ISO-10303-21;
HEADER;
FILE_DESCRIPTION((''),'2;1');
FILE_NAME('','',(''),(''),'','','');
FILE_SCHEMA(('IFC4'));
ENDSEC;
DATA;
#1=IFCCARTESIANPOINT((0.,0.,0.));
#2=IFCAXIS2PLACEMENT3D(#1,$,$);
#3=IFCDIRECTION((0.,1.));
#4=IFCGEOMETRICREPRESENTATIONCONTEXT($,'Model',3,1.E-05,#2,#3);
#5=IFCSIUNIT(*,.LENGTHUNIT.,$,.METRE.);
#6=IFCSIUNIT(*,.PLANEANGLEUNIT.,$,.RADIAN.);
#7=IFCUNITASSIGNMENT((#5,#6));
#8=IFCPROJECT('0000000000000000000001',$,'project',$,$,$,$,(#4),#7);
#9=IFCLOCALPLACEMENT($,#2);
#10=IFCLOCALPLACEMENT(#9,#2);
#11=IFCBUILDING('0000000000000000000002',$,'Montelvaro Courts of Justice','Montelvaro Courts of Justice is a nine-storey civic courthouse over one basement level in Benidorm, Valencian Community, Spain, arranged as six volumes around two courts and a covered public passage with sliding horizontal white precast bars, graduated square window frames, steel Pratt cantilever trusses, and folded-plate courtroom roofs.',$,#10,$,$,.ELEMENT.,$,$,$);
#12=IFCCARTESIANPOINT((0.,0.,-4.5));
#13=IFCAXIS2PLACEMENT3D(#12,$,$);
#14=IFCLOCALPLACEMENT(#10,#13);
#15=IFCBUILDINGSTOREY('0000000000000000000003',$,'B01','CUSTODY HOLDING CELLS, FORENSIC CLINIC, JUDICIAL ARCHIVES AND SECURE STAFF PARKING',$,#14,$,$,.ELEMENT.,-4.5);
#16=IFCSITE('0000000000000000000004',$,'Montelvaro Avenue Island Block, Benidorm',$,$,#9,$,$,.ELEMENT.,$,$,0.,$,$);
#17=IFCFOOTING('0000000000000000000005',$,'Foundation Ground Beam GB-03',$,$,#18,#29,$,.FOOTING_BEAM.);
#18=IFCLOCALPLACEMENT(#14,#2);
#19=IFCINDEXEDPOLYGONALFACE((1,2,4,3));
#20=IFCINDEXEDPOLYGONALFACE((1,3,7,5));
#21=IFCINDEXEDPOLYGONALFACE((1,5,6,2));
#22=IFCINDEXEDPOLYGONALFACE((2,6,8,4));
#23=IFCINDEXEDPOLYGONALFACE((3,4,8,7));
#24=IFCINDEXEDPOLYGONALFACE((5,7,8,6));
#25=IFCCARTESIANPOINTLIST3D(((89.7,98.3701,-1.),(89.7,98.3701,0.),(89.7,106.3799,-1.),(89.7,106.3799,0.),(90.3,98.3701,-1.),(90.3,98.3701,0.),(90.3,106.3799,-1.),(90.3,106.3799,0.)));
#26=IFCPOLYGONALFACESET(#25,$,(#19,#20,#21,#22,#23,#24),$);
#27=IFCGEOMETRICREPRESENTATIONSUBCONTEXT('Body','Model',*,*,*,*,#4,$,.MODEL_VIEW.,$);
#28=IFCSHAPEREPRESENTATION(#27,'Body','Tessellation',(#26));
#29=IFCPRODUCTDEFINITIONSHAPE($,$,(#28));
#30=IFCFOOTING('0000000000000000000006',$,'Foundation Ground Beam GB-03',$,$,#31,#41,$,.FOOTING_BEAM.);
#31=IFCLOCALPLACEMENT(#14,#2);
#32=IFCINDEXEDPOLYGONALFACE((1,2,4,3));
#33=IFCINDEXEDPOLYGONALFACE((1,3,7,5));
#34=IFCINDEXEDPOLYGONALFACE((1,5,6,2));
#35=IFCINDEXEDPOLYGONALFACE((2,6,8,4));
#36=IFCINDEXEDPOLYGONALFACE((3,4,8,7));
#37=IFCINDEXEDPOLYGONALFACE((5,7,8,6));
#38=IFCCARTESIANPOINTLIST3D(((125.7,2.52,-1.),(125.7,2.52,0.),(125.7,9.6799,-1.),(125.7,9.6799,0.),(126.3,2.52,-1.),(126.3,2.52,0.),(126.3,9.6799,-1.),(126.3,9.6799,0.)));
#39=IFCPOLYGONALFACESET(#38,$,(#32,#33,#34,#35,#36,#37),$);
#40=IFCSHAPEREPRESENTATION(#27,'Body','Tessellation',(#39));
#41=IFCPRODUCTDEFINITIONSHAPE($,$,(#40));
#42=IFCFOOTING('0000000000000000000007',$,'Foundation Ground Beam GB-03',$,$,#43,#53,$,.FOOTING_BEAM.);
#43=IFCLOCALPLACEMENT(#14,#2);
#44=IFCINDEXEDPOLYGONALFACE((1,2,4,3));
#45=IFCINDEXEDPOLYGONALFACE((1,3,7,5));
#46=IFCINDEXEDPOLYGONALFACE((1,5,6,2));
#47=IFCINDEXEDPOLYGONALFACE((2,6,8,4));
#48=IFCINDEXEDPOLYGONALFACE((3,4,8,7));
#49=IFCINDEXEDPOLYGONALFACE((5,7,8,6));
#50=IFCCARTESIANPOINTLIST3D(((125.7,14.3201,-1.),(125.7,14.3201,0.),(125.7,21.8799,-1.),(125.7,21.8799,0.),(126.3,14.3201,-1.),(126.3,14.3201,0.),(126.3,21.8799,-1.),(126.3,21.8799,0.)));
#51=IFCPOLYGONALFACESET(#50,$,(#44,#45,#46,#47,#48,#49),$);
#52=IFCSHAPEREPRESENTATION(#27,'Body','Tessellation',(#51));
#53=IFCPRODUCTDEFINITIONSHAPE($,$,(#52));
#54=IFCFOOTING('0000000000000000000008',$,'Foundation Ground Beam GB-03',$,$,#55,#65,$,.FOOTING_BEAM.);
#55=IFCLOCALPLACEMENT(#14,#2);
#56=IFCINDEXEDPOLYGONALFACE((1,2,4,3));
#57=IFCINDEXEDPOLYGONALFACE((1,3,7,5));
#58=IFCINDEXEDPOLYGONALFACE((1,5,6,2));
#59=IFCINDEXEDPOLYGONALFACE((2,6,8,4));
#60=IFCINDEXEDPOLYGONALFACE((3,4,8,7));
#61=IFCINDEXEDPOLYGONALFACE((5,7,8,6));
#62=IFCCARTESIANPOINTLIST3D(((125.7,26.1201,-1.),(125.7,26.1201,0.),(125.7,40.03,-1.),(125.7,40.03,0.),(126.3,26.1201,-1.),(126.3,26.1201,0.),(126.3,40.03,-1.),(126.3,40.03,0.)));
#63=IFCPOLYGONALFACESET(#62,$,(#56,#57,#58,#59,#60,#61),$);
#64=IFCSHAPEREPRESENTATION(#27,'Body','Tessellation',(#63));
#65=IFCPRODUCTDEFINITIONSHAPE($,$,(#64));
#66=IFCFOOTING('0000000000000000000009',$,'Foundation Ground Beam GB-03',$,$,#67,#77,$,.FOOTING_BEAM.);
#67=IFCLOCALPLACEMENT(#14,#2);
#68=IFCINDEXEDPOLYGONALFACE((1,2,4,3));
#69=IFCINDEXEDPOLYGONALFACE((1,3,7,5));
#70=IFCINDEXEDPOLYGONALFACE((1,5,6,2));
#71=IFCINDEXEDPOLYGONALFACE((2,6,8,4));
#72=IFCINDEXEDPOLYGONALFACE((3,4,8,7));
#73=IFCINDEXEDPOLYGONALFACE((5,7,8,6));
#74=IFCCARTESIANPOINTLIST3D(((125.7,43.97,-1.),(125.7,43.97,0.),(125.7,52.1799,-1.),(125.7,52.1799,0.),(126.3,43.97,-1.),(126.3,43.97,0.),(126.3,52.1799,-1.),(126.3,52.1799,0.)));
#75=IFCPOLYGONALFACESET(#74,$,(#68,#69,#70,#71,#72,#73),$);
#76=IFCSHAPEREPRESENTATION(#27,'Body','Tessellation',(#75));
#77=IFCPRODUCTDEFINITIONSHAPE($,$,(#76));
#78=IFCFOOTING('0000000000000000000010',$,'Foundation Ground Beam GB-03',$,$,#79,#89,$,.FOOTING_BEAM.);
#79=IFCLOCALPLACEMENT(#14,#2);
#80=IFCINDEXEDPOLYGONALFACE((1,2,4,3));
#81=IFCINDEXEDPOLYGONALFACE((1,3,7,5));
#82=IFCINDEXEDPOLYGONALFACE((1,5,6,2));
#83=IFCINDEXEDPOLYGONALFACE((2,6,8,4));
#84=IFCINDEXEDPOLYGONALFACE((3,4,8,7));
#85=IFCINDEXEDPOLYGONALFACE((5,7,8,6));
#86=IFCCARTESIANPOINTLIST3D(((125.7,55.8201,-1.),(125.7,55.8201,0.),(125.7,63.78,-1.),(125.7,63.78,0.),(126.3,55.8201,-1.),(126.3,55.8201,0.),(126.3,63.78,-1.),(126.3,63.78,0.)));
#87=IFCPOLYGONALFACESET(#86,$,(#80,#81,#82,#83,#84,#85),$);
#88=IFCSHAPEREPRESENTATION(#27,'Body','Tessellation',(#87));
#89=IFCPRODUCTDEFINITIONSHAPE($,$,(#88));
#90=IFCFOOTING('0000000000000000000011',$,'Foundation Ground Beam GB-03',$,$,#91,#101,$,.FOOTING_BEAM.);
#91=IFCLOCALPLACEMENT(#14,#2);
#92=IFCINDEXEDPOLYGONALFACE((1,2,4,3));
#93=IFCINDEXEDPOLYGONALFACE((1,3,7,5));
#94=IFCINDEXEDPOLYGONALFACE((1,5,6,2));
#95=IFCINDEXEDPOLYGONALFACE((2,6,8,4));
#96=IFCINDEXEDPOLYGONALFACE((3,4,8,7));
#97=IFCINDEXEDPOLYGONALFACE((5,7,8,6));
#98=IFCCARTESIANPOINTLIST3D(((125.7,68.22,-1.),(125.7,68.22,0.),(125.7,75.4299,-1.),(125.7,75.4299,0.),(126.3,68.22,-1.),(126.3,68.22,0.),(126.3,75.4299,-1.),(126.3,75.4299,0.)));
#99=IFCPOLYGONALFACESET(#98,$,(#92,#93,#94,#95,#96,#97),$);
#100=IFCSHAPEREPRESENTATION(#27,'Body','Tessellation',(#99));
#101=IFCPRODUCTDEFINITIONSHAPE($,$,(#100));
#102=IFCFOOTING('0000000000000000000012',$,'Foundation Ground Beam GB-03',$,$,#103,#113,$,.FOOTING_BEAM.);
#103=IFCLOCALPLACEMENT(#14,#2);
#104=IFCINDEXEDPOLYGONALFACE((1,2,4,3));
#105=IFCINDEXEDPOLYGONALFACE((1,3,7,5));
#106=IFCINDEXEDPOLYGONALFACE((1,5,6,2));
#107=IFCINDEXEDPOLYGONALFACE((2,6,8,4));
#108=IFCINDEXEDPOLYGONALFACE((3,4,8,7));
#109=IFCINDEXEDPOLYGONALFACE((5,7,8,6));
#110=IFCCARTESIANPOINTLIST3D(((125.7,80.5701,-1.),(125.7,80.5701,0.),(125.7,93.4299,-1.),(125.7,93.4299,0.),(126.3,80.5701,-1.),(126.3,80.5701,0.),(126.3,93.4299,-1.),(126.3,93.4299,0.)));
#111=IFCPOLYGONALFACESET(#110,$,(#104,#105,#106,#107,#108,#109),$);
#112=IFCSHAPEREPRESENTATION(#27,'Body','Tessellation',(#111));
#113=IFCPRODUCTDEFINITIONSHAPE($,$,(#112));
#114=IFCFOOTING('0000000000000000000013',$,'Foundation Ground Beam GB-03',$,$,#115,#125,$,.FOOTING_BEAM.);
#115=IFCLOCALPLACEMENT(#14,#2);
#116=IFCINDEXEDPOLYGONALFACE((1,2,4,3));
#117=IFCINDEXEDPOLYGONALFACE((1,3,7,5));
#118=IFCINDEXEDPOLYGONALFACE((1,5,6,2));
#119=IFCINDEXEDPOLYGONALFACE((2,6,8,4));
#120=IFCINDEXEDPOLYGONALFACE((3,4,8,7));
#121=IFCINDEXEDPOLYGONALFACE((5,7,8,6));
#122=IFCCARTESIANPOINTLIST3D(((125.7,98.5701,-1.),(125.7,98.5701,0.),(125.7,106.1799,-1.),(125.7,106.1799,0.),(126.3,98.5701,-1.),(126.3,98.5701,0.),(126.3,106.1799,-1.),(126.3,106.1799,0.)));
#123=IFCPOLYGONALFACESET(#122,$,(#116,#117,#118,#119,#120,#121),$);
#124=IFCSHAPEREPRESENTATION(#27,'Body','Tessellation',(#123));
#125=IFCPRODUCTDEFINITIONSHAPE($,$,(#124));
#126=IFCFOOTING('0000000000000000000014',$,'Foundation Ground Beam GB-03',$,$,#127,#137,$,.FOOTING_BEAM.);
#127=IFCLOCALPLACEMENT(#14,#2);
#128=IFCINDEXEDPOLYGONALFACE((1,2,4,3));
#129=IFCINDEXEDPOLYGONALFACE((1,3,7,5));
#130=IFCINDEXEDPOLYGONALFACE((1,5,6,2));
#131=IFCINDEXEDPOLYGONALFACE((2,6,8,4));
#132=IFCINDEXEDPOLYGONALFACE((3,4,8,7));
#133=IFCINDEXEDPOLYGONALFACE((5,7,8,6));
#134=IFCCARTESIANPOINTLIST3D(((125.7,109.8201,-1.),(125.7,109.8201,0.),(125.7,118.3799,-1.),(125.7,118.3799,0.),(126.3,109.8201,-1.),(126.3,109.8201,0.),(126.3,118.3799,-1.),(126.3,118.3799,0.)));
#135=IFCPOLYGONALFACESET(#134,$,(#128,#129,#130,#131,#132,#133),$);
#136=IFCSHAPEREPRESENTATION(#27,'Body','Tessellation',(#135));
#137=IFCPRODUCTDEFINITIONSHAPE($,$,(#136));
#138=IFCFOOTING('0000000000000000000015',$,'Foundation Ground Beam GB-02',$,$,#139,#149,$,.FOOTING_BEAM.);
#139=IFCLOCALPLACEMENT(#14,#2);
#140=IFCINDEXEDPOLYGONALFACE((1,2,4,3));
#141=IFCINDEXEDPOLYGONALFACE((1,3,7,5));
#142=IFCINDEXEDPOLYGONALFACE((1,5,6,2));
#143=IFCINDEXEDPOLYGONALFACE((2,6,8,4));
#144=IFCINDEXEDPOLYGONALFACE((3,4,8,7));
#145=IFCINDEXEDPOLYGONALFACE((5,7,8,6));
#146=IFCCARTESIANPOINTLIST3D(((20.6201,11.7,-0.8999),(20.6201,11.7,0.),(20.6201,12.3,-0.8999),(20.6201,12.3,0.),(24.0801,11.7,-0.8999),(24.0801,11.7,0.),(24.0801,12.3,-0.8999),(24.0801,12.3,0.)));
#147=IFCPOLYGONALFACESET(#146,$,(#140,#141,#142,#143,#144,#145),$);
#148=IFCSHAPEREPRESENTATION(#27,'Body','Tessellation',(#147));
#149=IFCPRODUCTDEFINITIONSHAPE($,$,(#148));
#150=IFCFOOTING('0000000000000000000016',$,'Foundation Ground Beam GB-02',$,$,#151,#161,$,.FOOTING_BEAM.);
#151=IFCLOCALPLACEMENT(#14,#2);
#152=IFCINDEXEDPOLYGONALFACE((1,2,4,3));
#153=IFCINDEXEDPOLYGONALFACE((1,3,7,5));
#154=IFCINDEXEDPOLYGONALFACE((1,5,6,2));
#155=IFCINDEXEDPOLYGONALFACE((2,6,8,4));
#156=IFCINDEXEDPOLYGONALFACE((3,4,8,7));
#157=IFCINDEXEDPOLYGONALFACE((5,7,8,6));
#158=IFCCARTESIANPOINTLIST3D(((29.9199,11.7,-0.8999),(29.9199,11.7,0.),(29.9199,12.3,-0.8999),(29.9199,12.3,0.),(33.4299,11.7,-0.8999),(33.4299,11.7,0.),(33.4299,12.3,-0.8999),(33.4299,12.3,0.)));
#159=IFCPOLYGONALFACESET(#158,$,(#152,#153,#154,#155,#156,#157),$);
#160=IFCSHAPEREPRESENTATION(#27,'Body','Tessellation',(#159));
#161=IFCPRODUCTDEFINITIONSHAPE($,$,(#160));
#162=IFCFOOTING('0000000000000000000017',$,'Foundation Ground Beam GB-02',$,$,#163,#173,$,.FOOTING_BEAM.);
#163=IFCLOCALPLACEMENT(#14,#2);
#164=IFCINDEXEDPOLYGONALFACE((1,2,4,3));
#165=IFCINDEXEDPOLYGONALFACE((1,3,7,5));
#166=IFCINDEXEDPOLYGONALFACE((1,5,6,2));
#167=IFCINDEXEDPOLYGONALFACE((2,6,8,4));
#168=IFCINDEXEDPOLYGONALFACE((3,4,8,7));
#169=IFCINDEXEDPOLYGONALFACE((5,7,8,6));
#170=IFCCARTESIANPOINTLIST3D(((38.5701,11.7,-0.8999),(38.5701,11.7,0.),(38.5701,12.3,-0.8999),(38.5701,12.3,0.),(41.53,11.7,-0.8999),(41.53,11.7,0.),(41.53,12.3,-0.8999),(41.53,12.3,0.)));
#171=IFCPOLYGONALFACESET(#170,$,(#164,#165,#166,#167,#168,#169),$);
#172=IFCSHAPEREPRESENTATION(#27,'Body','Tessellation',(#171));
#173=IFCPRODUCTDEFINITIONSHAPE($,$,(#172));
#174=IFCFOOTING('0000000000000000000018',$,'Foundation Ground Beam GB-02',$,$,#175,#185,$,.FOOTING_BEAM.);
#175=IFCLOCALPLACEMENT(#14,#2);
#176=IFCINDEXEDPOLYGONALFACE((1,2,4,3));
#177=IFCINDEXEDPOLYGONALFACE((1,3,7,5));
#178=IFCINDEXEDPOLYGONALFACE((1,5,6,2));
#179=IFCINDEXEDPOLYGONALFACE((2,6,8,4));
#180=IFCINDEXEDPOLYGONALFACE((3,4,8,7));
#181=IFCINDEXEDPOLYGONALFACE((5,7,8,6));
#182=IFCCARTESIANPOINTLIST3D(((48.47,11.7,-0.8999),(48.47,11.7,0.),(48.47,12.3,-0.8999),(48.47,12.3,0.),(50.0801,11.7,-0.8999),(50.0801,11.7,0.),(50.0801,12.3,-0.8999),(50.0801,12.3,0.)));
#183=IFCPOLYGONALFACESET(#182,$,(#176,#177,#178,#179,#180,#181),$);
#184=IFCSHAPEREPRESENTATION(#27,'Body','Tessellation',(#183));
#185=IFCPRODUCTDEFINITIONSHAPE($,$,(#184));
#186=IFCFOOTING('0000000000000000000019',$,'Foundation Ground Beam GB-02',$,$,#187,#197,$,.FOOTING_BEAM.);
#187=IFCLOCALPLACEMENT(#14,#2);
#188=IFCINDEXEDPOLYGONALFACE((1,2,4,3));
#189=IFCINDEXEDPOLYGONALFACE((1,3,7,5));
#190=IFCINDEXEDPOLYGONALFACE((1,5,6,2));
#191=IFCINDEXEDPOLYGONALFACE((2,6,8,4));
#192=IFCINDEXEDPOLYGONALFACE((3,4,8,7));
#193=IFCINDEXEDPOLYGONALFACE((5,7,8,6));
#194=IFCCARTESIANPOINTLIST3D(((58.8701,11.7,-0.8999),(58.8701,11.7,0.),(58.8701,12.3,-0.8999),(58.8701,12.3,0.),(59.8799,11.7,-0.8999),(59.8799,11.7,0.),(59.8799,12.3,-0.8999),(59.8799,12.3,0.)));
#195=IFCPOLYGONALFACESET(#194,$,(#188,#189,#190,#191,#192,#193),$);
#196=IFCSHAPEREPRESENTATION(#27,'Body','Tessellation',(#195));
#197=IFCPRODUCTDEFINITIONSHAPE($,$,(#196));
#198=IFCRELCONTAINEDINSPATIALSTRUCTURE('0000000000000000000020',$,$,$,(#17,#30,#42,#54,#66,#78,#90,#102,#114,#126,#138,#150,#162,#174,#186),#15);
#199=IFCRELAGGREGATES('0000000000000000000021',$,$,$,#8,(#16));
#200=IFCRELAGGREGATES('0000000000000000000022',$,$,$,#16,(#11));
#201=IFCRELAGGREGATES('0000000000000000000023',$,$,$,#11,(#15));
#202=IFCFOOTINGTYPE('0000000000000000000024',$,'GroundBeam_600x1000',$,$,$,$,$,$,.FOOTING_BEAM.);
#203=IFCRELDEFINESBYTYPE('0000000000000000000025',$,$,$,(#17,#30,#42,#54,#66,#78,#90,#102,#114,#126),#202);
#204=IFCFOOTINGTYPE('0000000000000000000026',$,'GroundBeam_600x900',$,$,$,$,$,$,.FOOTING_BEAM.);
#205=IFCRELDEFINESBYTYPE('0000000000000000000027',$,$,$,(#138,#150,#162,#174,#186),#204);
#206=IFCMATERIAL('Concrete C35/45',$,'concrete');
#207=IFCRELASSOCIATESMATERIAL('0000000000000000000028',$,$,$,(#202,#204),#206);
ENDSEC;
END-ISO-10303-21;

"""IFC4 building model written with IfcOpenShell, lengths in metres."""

from ifc_helpers import new_model, si_unit, direction, frame, origin, place, context, subcontext, project, spatial, polyline, outline, extrude, material, type_object, element, save


model = new_model("IFC4")

# Units and contexts
model_context = context("Model", 3, precision=1e-05, world=origin(), true_north=direction((0.0, 1.0)))
body_context = subcontext(model_context, "Body", "Model", "MODEL_VIEW")
ifc_project = project(units=[si_unit("LENGTHUNIT", "METRE"), si_unit("PLANEANGLEUNIT", "RADIAN")], contexts=[model_context])

# Site, building, storey
site_placement = place(None, origin())
site = spatial("IfcSite", under=ifc_project, at=site_placement, Name="Montelvaro Avenue Island Block, Benidorm", CompositionType="ELEMENT", RefElevation=0.0)
building_placement = place(site_placement, origin())
building = spatial("IfcBuilding", under=site, at=building_placement, Name="Montelvaro Courts of Justice", Description="Montelvaro Courts of Justice is a nine-storey civic courthouse over one basement level in Benidorm, Valencian Community, Spain, arranged as six volumes around two courts and a covered public passage with sliding horizontal white precast bars, graduated square window frames, steel Pratt cantilever trusses, and folded-plate courtroom roofs.", CompositionType="ELEMENT")
storey_placement = place(building_placement, frame((0.0, 0.0, -4.5)))
storey = spatial("IfcBuildingStorey", under=building, at=storey_placement, Name="B01", Description="CUSTODY HOLDING CELLS, FORENSIC CLINIC, JUDICIAL ARCHIVES AND SECURE STAFF PARKING", CompositionType="ELEMENT", Elevation=-4.5)

# Footings
ifc_material = material(Name="Concrete C35/45", Category="concrete")
footing_type_1 = type_object("IfcFootingType", Name="GroundBeam_600x1000", PredefinedType="FOOTING_BEAM", material=ifc_material)
footing_1_placement = place(storey_placement, frame((0.0, 0.0, -1.0)))
element("IfcFooting", 1, at=footing_1_placement, inside=storey, type_object=footing_type_1, Name="Foundation Ground Beam GB-03", PredefinedType="FOOTING_BEAM", context=body_context, shape_type="SweptSolid", body=[
    extrude(outline(polyline([(89.7, 98.3701), (90.3, 98.3701), (90.3, 106.3799), (89.7, 106.3799), (89.7, 98.3701)])), origin(), (0.0, 0.0, 1.0), 1.0),
])
footing_2_placement = place(storey_placement, frame((0.0, 0.0, -1.0)))
element("IfcFooting", 2, at=footing_2_placement, inside=storey, type_object=footing_type_1, Name="Foundation Ground Beam GB-03", PredefinedType="FOOTING_BEAM", context=body_context, shape_type="SweptSolid", body=[
    extrude(outline(polyline([(125.7, 2.52), (126.3, 2.52), (126.3, 9.6799), (125.7, 9.6799), (125.7, 2.52)])), origin(), (0.0, 0.0, 1.0), 1.0),
])
footing_3_placement = place(storey_placement, frame((0.0, 0.0, -1.0)))
element("IfcFooting", 3, at=footing_3_placement, inside=storey, type_object=footing_type_1, Name="Foundation Ground Beam GB-03", PredefinedType="FOOTING_BEAM", context=body_context, shape_type="SweptSolid", body=[
    extrude(outline(polyline([(125.7, 14.3201), (126.3, 14.3201), (126.3, 21.8799), (125.7, 21.8799), (125.7, 14.3201)])), origin(), (0.0, 0.0, 1.0), 1.0),
])
footing_4_placement = place(storey_placement, frame((0.0, 0.0, -1.0)))
element("IfcFooting", 4, at=footing_4_placement, inside=storey, type_object=footing_type_1, Name="Foundation Ground Beam GB-03", PredefinedType="FOOTING_BEAM", context=body_context, shape_type="SweptSolid", body=[
    extrude(outline(polyline([(125.7, 26.1201), (126.3, 26.1201), (126.3, 40.03), (125.7, 40.03), (125.7, 26.1201)])), origin(), (0.0, 0.0, 1.0), 1.0),
])
footing_5_placement = place(storey_placement, frame((0.0, 0.0, -1.0)))
element("IfcFooting", 5, at=footing_5_placement, inside=storey, type_object=footing_type_1, Name="Foundation Ground Beam GB-03", PredefinedType="FOOTING_BEAM", context=body_context, shape_type="SweptSolid", body=[
    extrude(outline(polyline([(125.7, 43.97), (126.3, 43.97), (126.3, 52.1799), (125.7, 52.1799), (125.7, 43.97)])), origin(), (0.0, 0.0, 1.0), 1.0),
])
footing_6_placement = place(storey_placement, frame((0.0, 0.0, -1.0)))
element("IfcFooting", 6, at=footing_6_placement, inside=storey, type_object=footing_type_1, Name="Foundation Ground Beam GB-03", PredefinedType="FOOTING_BEAM", context=body_context, shape_type="SweptSolid", body=[
    extrude(outline(polyline([(125.7, 55.8201), (126.3, 55.8201), (126.3, 63.78), (125.7, 63.78), (125.7, 55.8201)])), origin(), (0.0, 0.0, 1.0), 1.0),
])
footing_7_placement = place(storey_placement, frame((0.0, 0.0, -1.0)))
element("IfcFooting", 7, at=footing_7_placement, inside=storey, type_object=footing_type_1, Name="Foundation Ground Beam GB-03", PredefinedType="FOOTING_BEAM", context=body_context, shape_type="SweptSolid", body=[
    extrude(outline(polyline([(125.7, 68.22), (126.3, 68.22), (126.3, 75.4299), (125.7, 75.4299), (125.7, 68.22)])), origin(), (0.0, 0.0, 1.0), 1.0),
])
footing_8_placement = place(storey_placement, frame((0.0, 0.0, -1.0)))
element("IfcFooting", 8, at=footing_8_placement, inside=storey, type_object=footing_type_1, Name="Foundation Ground Beam GB-03", PredefinedType="FOOTING_BEAM", context=body_context, shape_type="SweptSolid", body=[
    extrude(outline(polyline([(125.7, 80.5701), (126.3, 80.5701), (126.3, 93.4299), (125.7, 93.4299), (125.7, 80.5701)])), origin(), (0.0, 0.0, 1.0), 1.0),
])
footing_9_placement = place(storey_placement, frame((0.0, 0.0, -1.0)))
element("IfcFooting", 9, at=footing_9_placement, inside=storey, type_object=footing_type_1, Name="Foundation Ground Beam GB-03", PredefinedType="FOOTING_BEAM", context=body_context, shape_type="SweptSolid", body=[
    extrude(outline(polyline([(125.7, 98.5701), (126.3, 98.5701), (126.3, 106.1799), (125.7, 106.1799), (125.7, 98.5701)])), origin(), (0.0, 0.0, 1.0), 1.0),
])
footing_10_placement = place(storey_placement, frame((0.0, 0.0, -1.0)))
element("IfcFooting", 10, at=footing_10_placement, inside=storey, type_object=footing_type_1, Name="Foundation Ground Beam GB-03", PredefinedType="FOOTING_BEAM", context=body_context, shape_type="SweptSolid", body=[
    extrude(outline(polyline([(125.7, 109.8201), (126.3, 109.8201), (126.3, 118.3799), (125.7, 118.3799), (125.7, 109.8201)])), origin(), (0.0, 0.0, 1.0), 1.0),
])
footing_type_2 = type_object("IfcFootingType", Name="GroundBeam_600x900", PredefinedType="FOOTING_BEAM", material=ifc_material)
footing_11_placement = place(storey_placement, frame((0.0, 0.0, -0.8999)))
element("IfcFooting", 11, at=footing_11_placement, inside=storey, type_object=footing_type_2, Name="Foundation Ground Beam GB-02", PredefinedType="FOOTING_BEAM", context=body_context, shape_type="SweptSolid", body=[
    extrude(outline(polyline([(20.6201, 11.7), (24.0801, 11.7), (24.0801, 12.3), (20.6201, 12.3), (20.6201, 11.7)])), origin(), (0.0, 0.0, 1.0), 0.8999),
])
footing_12_placement = place(storey_placement, frame((0.0, 0.0, -0.8999)))
element("IfcFooting", 12, at=footing_12_placement, inside=storey, type_object=footing_type_2, Name="Foundation Ground Beam GB-02", PredefinedType="FOOTING_BEAM", context=body_context, shape_type="SweptSolid", body=[
    extrude(outline(polyline([(29.9199, 11.7), (33.4299, 11.7), (33.4299, 12.3), (29.9199, 12.3), (29.9199, 11.7)])), origin(), (0.0, 0.0, 1.0), 0.8999),
])
footing_13_placement = place(storey_placement, frame((0.0, 0.0, -0.8999)))
element("IfcFooting", 13, at=footing_13_placement, inside=storey, type_object=footing_type_2, Name="Foundation Ground Beam GB-02", PredefinedType="FOOTING_BEAM", context=body_context, shape_type="SweptSolid", body=[
    extrude(outline(polyline([(38.5701, 11.7), (41.53, 11.7), (41.53, 12.3), (38.5701, 12.3), (38.5701, 11.7)])), origin(), (0.0, 0.0, 1.0), 0.8999),
])
footing_14_placement = place(storey_placement, frame((0.0, 0.0, -0.8999)))
element("IfcFooting", 14, at=footing_14_placement, inside=storey, type_object=footing_type_2, Name="Foundation Ground Beam GB-02", PredefinedType="FOOTING_BEAM", context=body_context, shape_type="SweptSolid", body=[
    extrude(outline(polyline([(48.47, 11.7), (50.0801, 11.7), (50.0801, 12.3), (48.47, 12.3), (48.47, 11.7)])), origin(), (0.0, 0.0, 1.0), 0.8999),
])
footing_15_placement = place(storey_placement, frame((0.0, 0.0, -0.8999)))
element("IfcFooting", 15, at=footing_15_placement, inside=storey, type_object=footing_type_2, Name="Foundation Ground Beam GB-02", PredefinedType="FOOTING_BEAM", context=body_context, shape_type="SweptSolid", body=[
    extrude(outline(polyline([(58.8701, 11.7), (59.8799, 11.7), (59.8799, 12.3), (58.8701, 12.3), (58.8701, 11.7)])), origin(), (0.0, 0.0, 1.0), 0.8999),
])

save(model, "model.ifc")
